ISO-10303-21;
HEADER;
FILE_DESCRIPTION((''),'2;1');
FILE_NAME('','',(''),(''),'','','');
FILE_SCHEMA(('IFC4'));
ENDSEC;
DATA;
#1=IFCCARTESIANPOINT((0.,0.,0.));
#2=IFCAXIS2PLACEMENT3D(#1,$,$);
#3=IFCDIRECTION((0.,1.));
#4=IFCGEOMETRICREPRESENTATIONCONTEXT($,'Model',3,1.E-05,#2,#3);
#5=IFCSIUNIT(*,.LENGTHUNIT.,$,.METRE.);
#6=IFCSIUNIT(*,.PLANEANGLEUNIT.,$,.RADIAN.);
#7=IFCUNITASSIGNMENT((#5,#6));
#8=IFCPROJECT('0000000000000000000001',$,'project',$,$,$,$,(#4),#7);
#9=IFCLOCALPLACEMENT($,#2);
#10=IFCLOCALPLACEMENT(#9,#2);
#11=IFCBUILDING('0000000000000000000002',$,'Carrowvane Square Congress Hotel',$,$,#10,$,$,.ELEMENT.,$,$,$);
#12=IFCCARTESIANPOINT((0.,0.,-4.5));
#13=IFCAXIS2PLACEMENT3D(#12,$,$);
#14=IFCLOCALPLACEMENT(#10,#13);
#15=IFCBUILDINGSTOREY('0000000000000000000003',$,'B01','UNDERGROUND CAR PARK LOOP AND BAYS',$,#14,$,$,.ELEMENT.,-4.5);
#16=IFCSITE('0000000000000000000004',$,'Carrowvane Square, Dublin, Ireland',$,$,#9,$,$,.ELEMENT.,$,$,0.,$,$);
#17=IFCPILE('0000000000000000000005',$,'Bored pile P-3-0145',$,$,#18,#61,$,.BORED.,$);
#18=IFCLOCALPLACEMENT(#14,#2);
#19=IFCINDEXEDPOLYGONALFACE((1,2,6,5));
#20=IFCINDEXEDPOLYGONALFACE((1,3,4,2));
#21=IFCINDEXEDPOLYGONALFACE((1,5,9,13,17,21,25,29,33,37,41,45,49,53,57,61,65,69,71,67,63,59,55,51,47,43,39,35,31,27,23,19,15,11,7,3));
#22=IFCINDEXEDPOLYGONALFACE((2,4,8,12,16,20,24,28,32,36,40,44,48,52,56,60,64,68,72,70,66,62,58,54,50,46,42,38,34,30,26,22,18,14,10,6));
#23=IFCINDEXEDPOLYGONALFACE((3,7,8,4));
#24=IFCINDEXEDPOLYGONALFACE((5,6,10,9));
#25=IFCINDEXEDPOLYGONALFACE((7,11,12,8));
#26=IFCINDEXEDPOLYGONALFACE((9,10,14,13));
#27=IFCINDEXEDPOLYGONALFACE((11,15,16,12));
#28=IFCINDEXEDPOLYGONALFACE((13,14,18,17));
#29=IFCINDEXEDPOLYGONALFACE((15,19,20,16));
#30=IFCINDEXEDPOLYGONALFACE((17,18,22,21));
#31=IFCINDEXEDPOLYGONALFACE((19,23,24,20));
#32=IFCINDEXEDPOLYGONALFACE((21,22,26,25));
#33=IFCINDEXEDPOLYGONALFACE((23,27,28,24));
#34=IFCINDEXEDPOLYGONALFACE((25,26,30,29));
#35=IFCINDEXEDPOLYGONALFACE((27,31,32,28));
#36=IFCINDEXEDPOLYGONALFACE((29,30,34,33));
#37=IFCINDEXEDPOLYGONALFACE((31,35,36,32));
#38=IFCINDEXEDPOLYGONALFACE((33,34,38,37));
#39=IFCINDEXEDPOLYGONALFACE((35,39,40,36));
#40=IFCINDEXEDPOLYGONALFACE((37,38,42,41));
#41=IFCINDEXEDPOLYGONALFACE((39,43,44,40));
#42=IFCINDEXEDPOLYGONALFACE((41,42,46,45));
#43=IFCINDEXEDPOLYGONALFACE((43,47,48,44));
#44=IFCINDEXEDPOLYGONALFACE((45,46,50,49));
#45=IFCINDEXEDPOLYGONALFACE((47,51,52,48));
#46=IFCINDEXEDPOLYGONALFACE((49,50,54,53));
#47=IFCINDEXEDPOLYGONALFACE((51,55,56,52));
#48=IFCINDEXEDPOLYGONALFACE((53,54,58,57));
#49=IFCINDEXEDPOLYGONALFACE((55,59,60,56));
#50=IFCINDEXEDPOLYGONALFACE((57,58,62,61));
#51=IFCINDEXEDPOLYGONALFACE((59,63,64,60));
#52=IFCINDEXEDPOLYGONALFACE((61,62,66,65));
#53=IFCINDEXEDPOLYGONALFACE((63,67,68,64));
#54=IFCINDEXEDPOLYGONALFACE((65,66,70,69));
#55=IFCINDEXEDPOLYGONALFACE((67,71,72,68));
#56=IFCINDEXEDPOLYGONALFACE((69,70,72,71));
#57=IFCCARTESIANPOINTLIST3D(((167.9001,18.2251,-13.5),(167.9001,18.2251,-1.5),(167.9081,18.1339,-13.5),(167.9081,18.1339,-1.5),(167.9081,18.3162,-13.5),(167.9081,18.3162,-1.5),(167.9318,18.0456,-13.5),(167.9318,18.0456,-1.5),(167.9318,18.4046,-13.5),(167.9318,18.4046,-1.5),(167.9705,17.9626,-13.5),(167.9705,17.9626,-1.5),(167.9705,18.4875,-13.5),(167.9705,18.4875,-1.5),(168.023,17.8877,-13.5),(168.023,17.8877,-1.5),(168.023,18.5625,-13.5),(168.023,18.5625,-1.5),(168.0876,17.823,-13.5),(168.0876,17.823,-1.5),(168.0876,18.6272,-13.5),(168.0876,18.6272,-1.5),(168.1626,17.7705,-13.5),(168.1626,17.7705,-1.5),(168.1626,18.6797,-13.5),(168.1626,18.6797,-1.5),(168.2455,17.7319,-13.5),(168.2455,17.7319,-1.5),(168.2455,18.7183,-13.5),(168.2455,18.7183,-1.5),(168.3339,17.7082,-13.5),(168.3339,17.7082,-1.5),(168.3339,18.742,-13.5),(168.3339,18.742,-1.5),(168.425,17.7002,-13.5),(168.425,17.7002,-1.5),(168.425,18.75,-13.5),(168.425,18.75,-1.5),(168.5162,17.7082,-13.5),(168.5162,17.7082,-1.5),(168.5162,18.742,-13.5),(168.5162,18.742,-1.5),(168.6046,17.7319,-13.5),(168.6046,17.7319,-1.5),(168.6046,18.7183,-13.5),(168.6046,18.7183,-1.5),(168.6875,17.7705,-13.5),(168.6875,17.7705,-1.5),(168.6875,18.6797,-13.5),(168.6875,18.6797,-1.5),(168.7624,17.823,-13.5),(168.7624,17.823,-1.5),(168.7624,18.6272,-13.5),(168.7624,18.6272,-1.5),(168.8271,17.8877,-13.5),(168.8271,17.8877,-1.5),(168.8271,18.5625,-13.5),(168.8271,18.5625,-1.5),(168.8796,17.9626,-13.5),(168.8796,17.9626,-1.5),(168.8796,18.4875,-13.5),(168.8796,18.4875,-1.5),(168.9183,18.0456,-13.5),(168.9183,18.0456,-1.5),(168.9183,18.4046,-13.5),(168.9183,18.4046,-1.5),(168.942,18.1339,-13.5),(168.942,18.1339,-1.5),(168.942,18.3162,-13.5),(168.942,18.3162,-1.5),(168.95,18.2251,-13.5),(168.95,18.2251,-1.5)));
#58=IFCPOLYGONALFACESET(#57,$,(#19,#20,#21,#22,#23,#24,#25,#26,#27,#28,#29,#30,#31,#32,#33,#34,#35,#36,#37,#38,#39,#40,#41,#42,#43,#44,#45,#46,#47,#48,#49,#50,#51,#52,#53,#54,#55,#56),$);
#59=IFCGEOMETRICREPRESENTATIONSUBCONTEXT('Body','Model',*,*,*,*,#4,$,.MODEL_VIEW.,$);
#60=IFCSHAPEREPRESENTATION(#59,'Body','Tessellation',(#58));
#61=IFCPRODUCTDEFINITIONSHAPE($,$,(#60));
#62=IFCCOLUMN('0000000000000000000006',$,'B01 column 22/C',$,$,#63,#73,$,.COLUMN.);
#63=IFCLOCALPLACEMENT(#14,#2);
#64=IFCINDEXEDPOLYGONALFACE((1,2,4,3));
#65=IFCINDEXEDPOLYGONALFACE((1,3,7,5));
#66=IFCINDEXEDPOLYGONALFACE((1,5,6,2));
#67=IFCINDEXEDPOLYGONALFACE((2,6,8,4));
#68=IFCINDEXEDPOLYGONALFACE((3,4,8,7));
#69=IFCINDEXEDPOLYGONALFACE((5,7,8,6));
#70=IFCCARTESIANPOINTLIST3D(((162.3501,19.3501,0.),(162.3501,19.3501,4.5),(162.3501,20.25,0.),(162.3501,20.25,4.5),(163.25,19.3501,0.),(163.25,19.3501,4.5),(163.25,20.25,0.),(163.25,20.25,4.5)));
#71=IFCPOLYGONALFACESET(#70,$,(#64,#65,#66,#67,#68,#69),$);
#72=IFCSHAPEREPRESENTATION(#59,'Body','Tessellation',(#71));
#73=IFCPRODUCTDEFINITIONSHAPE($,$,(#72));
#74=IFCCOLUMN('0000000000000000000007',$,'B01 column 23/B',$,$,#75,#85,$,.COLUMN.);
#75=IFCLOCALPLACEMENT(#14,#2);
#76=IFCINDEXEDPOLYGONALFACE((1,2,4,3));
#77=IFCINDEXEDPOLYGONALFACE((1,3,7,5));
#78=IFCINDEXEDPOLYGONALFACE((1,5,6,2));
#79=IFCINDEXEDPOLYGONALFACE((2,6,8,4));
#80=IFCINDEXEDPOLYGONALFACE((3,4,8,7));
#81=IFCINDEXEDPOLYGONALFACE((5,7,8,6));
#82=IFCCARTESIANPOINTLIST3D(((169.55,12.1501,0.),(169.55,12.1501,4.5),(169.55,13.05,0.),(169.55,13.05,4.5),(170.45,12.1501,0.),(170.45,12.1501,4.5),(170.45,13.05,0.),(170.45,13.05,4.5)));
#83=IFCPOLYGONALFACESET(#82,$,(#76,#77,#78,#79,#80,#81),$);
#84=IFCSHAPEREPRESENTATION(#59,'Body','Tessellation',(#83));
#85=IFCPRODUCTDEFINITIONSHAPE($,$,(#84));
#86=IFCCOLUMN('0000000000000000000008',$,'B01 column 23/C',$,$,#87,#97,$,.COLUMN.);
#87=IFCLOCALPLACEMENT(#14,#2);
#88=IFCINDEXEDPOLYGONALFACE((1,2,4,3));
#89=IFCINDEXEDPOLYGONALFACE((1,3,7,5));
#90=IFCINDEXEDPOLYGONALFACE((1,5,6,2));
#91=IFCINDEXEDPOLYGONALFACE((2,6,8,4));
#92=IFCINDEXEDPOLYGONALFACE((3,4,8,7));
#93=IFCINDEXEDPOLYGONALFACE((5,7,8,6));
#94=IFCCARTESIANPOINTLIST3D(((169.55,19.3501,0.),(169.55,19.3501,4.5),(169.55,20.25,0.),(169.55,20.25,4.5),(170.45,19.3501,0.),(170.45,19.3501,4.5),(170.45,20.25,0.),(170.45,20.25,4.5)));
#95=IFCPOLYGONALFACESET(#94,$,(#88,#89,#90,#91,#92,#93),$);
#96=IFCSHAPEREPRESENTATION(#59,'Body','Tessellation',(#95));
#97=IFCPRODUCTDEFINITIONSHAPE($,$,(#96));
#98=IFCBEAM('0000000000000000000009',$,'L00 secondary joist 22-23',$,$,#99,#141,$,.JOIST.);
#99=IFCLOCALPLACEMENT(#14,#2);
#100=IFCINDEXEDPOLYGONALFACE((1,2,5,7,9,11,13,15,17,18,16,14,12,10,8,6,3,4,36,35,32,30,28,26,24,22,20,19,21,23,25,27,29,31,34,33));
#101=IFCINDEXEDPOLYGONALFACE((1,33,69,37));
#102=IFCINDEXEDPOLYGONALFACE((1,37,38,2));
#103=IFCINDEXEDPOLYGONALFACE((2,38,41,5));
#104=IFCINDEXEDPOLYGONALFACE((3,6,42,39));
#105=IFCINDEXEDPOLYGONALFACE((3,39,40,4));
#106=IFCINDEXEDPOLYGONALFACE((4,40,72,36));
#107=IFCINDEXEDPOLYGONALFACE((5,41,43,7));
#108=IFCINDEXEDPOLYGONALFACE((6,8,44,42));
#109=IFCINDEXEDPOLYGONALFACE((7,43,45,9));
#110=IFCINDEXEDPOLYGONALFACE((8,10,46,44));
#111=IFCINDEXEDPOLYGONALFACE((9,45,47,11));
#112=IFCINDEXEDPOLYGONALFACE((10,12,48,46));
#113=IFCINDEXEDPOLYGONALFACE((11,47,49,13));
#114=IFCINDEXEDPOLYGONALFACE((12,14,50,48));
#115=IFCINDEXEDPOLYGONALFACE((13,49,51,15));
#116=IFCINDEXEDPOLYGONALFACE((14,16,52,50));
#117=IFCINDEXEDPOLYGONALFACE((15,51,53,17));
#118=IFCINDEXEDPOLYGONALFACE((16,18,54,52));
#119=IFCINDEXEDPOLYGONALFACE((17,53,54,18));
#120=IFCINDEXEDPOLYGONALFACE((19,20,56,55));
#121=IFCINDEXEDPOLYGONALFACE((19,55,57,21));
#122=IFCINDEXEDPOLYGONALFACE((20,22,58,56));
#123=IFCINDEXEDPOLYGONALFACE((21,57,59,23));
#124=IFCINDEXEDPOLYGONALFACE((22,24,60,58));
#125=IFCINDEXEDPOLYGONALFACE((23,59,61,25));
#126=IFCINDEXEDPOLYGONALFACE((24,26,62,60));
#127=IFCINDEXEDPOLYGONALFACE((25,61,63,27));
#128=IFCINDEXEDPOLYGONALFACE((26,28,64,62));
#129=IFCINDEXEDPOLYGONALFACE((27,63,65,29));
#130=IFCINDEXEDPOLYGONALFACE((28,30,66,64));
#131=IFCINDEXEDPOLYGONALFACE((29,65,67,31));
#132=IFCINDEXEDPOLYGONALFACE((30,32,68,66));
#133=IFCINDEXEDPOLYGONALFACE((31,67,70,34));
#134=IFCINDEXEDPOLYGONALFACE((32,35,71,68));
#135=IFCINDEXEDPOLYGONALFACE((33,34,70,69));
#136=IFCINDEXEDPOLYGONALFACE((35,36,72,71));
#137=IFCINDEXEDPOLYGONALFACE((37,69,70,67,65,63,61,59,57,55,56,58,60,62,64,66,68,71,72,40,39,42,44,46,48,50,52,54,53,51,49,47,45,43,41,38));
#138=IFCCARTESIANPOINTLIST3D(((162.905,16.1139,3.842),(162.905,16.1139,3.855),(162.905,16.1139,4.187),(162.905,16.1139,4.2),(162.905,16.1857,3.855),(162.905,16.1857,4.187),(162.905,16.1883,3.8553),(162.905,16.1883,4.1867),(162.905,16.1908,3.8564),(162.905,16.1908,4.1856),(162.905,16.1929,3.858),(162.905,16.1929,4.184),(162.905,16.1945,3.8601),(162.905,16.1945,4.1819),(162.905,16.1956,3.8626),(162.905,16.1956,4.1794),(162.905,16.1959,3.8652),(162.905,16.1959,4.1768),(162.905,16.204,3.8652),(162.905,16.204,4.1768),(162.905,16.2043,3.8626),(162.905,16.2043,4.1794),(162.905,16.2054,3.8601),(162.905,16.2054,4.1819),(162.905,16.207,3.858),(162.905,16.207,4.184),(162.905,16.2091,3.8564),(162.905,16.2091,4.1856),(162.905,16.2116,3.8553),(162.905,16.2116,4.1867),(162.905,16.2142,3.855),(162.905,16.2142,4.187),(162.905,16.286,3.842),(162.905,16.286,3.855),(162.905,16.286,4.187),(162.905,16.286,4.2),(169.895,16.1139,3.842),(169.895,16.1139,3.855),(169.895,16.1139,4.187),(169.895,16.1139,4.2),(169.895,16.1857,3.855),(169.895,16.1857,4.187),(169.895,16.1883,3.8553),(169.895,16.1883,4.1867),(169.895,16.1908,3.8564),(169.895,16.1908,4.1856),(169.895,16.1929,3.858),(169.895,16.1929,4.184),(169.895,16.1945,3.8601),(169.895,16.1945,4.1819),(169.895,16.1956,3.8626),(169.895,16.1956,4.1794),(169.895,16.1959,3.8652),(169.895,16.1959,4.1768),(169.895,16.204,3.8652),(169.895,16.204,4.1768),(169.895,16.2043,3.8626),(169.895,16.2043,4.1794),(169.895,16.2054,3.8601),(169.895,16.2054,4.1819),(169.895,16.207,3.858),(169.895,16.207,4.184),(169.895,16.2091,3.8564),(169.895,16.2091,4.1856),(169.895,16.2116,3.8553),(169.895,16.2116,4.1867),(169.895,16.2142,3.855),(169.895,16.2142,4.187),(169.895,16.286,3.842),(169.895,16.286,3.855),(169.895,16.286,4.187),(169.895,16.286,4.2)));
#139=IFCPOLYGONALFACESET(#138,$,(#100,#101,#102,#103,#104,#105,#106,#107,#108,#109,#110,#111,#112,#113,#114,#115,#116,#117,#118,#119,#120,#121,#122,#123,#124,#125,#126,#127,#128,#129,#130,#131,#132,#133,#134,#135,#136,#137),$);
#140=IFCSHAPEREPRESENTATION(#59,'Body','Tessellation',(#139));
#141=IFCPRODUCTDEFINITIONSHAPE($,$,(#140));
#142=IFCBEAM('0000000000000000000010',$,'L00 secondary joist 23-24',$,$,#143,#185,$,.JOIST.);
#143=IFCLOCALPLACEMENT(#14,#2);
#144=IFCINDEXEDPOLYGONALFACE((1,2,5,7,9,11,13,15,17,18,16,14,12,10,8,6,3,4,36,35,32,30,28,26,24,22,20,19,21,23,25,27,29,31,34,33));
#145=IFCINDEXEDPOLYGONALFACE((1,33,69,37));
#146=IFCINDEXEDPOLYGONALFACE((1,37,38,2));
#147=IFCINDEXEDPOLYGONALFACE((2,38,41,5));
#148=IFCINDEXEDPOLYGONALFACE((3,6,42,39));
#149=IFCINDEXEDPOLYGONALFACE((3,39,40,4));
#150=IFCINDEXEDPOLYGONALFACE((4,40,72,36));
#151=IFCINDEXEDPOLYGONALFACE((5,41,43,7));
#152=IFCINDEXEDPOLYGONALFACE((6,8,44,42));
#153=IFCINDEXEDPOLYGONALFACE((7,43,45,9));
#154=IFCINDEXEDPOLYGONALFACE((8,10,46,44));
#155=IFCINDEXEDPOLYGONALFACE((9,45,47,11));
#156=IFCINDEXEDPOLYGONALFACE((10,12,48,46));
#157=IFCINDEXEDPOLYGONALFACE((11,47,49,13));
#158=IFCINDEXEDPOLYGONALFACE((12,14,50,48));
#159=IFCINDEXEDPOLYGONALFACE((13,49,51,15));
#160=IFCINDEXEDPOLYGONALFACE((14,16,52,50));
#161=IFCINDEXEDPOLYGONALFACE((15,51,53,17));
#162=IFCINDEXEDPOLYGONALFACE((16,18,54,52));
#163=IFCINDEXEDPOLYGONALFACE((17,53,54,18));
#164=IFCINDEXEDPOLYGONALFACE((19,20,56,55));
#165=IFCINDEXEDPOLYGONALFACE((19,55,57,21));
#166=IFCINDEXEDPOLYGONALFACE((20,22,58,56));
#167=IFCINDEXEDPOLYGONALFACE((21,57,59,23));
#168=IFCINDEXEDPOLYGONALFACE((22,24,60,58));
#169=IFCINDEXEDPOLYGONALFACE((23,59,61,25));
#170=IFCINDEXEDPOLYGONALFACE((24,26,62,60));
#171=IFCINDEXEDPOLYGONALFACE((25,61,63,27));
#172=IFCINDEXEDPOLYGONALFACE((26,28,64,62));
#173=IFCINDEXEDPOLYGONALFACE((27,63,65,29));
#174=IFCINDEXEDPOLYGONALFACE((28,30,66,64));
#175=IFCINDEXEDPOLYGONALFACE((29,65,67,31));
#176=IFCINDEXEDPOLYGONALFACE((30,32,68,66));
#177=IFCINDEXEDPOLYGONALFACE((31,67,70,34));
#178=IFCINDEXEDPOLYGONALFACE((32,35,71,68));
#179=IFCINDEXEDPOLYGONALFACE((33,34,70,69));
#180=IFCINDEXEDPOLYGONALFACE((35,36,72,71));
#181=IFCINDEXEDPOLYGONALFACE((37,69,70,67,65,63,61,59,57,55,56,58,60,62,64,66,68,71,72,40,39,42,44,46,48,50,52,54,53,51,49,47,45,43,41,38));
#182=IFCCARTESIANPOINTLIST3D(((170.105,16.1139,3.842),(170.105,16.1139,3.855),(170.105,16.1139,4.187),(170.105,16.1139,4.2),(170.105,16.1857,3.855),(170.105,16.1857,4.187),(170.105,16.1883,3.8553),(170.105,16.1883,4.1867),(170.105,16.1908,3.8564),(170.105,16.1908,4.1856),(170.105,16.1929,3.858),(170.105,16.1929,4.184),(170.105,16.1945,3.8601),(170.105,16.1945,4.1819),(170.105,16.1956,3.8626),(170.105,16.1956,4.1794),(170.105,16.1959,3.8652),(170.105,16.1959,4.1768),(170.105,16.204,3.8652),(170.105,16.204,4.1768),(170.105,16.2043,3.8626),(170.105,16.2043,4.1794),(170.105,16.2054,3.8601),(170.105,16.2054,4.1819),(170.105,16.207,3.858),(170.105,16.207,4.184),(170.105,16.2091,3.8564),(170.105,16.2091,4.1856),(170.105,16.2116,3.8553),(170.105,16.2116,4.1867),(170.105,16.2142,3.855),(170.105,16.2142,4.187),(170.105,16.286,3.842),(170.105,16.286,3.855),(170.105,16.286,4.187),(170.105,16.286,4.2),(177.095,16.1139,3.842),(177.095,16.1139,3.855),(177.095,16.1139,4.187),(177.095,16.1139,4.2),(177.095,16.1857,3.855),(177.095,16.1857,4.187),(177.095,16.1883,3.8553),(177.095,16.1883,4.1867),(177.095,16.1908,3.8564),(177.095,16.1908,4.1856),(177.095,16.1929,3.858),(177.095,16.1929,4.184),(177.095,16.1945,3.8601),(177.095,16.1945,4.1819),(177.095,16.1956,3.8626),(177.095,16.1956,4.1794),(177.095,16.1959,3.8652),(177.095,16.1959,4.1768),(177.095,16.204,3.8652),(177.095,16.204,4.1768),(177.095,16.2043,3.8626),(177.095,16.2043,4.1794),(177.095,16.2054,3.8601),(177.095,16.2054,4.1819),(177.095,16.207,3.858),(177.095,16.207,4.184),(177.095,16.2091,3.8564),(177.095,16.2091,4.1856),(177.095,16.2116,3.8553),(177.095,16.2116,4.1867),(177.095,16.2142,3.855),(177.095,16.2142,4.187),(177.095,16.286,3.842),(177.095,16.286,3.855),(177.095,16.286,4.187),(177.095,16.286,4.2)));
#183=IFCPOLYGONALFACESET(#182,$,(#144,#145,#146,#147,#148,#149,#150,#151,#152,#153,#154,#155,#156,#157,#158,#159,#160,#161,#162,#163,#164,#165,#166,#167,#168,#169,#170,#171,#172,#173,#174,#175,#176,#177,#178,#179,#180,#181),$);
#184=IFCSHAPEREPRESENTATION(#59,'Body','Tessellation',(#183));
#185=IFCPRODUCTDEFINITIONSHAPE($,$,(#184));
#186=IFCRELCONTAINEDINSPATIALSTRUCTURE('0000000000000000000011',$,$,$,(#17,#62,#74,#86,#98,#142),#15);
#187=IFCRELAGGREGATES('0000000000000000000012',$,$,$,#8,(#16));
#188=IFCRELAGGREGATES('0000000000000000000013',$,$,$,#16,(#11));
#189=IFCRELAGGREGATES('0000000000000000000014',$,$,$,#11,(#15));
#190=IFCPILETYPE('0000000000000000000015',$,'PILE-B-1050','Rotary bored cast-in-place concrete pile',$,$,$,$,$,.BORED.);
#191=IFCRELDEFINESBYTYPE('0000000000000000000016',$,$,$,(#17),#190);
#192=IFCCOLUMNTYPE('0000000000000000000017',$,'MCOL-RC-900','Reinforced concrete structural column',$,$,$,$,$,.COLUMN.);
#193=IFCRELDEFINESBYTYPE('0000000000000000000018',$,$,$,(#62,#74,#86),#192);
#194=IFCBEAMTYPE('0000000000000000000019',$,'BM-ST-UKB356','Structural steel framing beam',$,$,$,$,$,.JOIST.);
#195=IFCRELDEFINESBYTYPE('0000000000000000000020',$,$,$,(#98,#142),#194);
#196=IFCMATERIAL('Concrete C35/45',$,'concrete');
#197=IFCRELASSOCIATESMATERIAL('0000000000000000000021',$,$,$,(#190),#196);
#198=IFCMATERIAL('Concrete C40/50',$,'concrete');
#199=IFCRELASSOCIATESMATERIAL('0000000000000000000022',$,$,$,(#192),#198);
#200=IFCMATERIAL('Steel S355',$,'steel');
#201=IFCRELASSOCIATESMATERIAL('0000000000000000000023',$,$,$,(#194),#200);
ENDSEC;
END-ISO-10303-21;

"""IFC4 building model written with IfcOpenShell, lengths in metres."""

from ifc_helpers import new_model, si_unit, direction, frame, origin, origin_2d, place, context, subcontext, project, spatial, rectangle, circle, i_section, extrude, material, material_profile, profile_set, type_object, element, save


model = new_model("IFC4")

# Units and contexts
model_context = context("Model", 3, precision=1e-05, world=origin(), true_north=direction((0.0, 1.0)))
body_context = subcontext(model_context, "Body", "Model", "MODEL_VIEW")
ifc_project = project(units=[si_unit("LENGTHUNIT", "METRE"), si_unit("PLANEANGLEUNIT", "RADIAN")], contexts=[model_context])

# Site, building, storey
site_placement = place(None, origin())
site = spatial("IfcSite", under=ifc_project, at=site_placement, Name="Carrowvane Square, Dublin, Ireland", CompositionType="ELEMENT", RefElevation=0.0)
building_placement = place(site_placement, origin())
building = spatial("IfcBuilding", under=site, at=building_placement, Name="Carrowvane Square Congress Hotel", CompositionType="ELEMENT")
storey_placement = place(building_placement, frame((0.0, 0.0, -4.5)))
storey = spatial("IfcBuildingStorey", under=building, at=storey_placement, Name="B01", Description="UNDERGROUND CAR PARK LOOP AND BAYS", CompositionType="ELEMENT", Elevation=-4.5)

# Pile
ifc_material_1 = material(Name="Concrete C35/45", Category="concrete")
ifc_material_profile_1 = material_profile(ifc_material_1, circle(Radius=0.5249, at=origin_2d()), Name="PILE D1050")
ifc_profile_set_1 = profile_set([ifc_material_profile_1], Name="Concrete C35/45")
pile_type = type_object("IfcPileType", Name="PILE-B-1050", Description="Rotary bored cast-in-place concrete pile", PredefinedType="BORED", material=ifc_profile_set_1)
for number, where, z_axis, x_axis, name in (
    (1, (168.425, 18.2251, -1.5), (0.0, 0.0, -1.0), (1.0, 0.0, 0.0), "Bored pile P-3-0145"),
):
    element("IfcPile", number, at=place(storey_placement, frame(where, z_axis=z_axis, x_axis=x_axis)), inside=storey, type_object=pile_type, Name=name, PredefinedType="BORED", context=body_context, shape_type="SweptSolid", body=[
        extrude(circle(Radius=0.5249, at=origin_2d()), origin(), (0.0, 0.0, 1.0), 12.0),
    ])

# Columns
ifc_material_2 = material(Name="Concrete C40/50", Category="concrete")
ifc_material_profile_2 = material_profile(ifc_material_2, rectangle(XDim=0.8999, YDim=0.8999, at=origin_2d()), Name="RC 900x900")
ifc_profile_set_2 = profile_set([ifc_material_profile_2], Name="Concrete C40/50")
column_type = type_object("IfcColumnType", Name="MCOL-RC-900", Description="Reinforced concrete structural column", PredefinedType="COLUMN", material=ifc_profile_set_2)
for number, where, z_axis, x_axis, name in (
    (2, (162.8, 19.8, 0.0), (0.0, 0.0, 1.0), (1.0, 0.0, 0.0), "B01 column 22/C"),
    (3, (170.0, 12.6001, 0.0), (0.0, 0.0, 1.0), (1.0, 0.0, 0.0), "B01 column 23/B"),
    (4, (170.0, 19.8, 0.0), (0.0, 0.0, 1.0), (1.0, 0.0, 0.0), "B01 column 23/C"),
):
    element("IfcColumn", number, at=place(storey_placement, frame(where, z_axis=z_axis, x_axis=x_axis)), inside=storey, type_object=column_type, Name=name, PredefinedType="COLUMN", context=body_context, shape_type="SweptSolid", body=[
        extrude(rectangle(XDim=0.8999, YDim=0.8999, at=origin_2d()), origin(), (0.0, 0.0, 1.0), 4.5),
    ])

# Beams
ifc_material_3 = material(Name="Steel S355", Category="steel")
ifc_material_profile_3 = material_profile(ifc_material_3, i_section(OverallWidth=0.1721, OverallDepth=0.3579, WebThickness=0.0081, FlangeThickness=0.0129, FilletRadius=0.0103, at=origin_2d()), Name="UKB 356x171x57")
ifc_profile_set_3 = profile_set([ifc_material_profile_3], Name="Steel S355")
beam_type_1 = type_object("IfcBeamType", Name="BM-ST-UKB356", Description="Structural steel framing beam", PredefinedType="JOIST", material=ifc_profile_set_3)
for number, where, z_axis, x_axis, name in (
    (5, (162.905, 16.2, 4.021), (1.0, 0.0, 0.0), (0.0, 1.0, 0.0), "L00 secondary joist 22-23"),
    (6, (170.105, 16.2, 4.021), (1.0, 0.0, 0.0), (0.0, 1.0, 0.0), "L00 secondary joist 23-24"),
):
    element("IfcBeam", number, at=place(storey_placement, frame(where, z_axis=z_axis, x_axis=x_axis)), inside=storey, type_object=beam_type_1, Name=name, PredefinedType="JOIST", context=body_context, shape_type="SweptSolid", body=[
        extrude(i_section(OverallWidth=0.1721, OverallDepth=0.3579, WebThickness=0.0081, FlangeThickness=0.0129, FilletRadius=0.0103, at=origin_2d()), origin(), (0.0, 0.0, 1.0), 6.99),
    ])

save(model, "model.ifc")
